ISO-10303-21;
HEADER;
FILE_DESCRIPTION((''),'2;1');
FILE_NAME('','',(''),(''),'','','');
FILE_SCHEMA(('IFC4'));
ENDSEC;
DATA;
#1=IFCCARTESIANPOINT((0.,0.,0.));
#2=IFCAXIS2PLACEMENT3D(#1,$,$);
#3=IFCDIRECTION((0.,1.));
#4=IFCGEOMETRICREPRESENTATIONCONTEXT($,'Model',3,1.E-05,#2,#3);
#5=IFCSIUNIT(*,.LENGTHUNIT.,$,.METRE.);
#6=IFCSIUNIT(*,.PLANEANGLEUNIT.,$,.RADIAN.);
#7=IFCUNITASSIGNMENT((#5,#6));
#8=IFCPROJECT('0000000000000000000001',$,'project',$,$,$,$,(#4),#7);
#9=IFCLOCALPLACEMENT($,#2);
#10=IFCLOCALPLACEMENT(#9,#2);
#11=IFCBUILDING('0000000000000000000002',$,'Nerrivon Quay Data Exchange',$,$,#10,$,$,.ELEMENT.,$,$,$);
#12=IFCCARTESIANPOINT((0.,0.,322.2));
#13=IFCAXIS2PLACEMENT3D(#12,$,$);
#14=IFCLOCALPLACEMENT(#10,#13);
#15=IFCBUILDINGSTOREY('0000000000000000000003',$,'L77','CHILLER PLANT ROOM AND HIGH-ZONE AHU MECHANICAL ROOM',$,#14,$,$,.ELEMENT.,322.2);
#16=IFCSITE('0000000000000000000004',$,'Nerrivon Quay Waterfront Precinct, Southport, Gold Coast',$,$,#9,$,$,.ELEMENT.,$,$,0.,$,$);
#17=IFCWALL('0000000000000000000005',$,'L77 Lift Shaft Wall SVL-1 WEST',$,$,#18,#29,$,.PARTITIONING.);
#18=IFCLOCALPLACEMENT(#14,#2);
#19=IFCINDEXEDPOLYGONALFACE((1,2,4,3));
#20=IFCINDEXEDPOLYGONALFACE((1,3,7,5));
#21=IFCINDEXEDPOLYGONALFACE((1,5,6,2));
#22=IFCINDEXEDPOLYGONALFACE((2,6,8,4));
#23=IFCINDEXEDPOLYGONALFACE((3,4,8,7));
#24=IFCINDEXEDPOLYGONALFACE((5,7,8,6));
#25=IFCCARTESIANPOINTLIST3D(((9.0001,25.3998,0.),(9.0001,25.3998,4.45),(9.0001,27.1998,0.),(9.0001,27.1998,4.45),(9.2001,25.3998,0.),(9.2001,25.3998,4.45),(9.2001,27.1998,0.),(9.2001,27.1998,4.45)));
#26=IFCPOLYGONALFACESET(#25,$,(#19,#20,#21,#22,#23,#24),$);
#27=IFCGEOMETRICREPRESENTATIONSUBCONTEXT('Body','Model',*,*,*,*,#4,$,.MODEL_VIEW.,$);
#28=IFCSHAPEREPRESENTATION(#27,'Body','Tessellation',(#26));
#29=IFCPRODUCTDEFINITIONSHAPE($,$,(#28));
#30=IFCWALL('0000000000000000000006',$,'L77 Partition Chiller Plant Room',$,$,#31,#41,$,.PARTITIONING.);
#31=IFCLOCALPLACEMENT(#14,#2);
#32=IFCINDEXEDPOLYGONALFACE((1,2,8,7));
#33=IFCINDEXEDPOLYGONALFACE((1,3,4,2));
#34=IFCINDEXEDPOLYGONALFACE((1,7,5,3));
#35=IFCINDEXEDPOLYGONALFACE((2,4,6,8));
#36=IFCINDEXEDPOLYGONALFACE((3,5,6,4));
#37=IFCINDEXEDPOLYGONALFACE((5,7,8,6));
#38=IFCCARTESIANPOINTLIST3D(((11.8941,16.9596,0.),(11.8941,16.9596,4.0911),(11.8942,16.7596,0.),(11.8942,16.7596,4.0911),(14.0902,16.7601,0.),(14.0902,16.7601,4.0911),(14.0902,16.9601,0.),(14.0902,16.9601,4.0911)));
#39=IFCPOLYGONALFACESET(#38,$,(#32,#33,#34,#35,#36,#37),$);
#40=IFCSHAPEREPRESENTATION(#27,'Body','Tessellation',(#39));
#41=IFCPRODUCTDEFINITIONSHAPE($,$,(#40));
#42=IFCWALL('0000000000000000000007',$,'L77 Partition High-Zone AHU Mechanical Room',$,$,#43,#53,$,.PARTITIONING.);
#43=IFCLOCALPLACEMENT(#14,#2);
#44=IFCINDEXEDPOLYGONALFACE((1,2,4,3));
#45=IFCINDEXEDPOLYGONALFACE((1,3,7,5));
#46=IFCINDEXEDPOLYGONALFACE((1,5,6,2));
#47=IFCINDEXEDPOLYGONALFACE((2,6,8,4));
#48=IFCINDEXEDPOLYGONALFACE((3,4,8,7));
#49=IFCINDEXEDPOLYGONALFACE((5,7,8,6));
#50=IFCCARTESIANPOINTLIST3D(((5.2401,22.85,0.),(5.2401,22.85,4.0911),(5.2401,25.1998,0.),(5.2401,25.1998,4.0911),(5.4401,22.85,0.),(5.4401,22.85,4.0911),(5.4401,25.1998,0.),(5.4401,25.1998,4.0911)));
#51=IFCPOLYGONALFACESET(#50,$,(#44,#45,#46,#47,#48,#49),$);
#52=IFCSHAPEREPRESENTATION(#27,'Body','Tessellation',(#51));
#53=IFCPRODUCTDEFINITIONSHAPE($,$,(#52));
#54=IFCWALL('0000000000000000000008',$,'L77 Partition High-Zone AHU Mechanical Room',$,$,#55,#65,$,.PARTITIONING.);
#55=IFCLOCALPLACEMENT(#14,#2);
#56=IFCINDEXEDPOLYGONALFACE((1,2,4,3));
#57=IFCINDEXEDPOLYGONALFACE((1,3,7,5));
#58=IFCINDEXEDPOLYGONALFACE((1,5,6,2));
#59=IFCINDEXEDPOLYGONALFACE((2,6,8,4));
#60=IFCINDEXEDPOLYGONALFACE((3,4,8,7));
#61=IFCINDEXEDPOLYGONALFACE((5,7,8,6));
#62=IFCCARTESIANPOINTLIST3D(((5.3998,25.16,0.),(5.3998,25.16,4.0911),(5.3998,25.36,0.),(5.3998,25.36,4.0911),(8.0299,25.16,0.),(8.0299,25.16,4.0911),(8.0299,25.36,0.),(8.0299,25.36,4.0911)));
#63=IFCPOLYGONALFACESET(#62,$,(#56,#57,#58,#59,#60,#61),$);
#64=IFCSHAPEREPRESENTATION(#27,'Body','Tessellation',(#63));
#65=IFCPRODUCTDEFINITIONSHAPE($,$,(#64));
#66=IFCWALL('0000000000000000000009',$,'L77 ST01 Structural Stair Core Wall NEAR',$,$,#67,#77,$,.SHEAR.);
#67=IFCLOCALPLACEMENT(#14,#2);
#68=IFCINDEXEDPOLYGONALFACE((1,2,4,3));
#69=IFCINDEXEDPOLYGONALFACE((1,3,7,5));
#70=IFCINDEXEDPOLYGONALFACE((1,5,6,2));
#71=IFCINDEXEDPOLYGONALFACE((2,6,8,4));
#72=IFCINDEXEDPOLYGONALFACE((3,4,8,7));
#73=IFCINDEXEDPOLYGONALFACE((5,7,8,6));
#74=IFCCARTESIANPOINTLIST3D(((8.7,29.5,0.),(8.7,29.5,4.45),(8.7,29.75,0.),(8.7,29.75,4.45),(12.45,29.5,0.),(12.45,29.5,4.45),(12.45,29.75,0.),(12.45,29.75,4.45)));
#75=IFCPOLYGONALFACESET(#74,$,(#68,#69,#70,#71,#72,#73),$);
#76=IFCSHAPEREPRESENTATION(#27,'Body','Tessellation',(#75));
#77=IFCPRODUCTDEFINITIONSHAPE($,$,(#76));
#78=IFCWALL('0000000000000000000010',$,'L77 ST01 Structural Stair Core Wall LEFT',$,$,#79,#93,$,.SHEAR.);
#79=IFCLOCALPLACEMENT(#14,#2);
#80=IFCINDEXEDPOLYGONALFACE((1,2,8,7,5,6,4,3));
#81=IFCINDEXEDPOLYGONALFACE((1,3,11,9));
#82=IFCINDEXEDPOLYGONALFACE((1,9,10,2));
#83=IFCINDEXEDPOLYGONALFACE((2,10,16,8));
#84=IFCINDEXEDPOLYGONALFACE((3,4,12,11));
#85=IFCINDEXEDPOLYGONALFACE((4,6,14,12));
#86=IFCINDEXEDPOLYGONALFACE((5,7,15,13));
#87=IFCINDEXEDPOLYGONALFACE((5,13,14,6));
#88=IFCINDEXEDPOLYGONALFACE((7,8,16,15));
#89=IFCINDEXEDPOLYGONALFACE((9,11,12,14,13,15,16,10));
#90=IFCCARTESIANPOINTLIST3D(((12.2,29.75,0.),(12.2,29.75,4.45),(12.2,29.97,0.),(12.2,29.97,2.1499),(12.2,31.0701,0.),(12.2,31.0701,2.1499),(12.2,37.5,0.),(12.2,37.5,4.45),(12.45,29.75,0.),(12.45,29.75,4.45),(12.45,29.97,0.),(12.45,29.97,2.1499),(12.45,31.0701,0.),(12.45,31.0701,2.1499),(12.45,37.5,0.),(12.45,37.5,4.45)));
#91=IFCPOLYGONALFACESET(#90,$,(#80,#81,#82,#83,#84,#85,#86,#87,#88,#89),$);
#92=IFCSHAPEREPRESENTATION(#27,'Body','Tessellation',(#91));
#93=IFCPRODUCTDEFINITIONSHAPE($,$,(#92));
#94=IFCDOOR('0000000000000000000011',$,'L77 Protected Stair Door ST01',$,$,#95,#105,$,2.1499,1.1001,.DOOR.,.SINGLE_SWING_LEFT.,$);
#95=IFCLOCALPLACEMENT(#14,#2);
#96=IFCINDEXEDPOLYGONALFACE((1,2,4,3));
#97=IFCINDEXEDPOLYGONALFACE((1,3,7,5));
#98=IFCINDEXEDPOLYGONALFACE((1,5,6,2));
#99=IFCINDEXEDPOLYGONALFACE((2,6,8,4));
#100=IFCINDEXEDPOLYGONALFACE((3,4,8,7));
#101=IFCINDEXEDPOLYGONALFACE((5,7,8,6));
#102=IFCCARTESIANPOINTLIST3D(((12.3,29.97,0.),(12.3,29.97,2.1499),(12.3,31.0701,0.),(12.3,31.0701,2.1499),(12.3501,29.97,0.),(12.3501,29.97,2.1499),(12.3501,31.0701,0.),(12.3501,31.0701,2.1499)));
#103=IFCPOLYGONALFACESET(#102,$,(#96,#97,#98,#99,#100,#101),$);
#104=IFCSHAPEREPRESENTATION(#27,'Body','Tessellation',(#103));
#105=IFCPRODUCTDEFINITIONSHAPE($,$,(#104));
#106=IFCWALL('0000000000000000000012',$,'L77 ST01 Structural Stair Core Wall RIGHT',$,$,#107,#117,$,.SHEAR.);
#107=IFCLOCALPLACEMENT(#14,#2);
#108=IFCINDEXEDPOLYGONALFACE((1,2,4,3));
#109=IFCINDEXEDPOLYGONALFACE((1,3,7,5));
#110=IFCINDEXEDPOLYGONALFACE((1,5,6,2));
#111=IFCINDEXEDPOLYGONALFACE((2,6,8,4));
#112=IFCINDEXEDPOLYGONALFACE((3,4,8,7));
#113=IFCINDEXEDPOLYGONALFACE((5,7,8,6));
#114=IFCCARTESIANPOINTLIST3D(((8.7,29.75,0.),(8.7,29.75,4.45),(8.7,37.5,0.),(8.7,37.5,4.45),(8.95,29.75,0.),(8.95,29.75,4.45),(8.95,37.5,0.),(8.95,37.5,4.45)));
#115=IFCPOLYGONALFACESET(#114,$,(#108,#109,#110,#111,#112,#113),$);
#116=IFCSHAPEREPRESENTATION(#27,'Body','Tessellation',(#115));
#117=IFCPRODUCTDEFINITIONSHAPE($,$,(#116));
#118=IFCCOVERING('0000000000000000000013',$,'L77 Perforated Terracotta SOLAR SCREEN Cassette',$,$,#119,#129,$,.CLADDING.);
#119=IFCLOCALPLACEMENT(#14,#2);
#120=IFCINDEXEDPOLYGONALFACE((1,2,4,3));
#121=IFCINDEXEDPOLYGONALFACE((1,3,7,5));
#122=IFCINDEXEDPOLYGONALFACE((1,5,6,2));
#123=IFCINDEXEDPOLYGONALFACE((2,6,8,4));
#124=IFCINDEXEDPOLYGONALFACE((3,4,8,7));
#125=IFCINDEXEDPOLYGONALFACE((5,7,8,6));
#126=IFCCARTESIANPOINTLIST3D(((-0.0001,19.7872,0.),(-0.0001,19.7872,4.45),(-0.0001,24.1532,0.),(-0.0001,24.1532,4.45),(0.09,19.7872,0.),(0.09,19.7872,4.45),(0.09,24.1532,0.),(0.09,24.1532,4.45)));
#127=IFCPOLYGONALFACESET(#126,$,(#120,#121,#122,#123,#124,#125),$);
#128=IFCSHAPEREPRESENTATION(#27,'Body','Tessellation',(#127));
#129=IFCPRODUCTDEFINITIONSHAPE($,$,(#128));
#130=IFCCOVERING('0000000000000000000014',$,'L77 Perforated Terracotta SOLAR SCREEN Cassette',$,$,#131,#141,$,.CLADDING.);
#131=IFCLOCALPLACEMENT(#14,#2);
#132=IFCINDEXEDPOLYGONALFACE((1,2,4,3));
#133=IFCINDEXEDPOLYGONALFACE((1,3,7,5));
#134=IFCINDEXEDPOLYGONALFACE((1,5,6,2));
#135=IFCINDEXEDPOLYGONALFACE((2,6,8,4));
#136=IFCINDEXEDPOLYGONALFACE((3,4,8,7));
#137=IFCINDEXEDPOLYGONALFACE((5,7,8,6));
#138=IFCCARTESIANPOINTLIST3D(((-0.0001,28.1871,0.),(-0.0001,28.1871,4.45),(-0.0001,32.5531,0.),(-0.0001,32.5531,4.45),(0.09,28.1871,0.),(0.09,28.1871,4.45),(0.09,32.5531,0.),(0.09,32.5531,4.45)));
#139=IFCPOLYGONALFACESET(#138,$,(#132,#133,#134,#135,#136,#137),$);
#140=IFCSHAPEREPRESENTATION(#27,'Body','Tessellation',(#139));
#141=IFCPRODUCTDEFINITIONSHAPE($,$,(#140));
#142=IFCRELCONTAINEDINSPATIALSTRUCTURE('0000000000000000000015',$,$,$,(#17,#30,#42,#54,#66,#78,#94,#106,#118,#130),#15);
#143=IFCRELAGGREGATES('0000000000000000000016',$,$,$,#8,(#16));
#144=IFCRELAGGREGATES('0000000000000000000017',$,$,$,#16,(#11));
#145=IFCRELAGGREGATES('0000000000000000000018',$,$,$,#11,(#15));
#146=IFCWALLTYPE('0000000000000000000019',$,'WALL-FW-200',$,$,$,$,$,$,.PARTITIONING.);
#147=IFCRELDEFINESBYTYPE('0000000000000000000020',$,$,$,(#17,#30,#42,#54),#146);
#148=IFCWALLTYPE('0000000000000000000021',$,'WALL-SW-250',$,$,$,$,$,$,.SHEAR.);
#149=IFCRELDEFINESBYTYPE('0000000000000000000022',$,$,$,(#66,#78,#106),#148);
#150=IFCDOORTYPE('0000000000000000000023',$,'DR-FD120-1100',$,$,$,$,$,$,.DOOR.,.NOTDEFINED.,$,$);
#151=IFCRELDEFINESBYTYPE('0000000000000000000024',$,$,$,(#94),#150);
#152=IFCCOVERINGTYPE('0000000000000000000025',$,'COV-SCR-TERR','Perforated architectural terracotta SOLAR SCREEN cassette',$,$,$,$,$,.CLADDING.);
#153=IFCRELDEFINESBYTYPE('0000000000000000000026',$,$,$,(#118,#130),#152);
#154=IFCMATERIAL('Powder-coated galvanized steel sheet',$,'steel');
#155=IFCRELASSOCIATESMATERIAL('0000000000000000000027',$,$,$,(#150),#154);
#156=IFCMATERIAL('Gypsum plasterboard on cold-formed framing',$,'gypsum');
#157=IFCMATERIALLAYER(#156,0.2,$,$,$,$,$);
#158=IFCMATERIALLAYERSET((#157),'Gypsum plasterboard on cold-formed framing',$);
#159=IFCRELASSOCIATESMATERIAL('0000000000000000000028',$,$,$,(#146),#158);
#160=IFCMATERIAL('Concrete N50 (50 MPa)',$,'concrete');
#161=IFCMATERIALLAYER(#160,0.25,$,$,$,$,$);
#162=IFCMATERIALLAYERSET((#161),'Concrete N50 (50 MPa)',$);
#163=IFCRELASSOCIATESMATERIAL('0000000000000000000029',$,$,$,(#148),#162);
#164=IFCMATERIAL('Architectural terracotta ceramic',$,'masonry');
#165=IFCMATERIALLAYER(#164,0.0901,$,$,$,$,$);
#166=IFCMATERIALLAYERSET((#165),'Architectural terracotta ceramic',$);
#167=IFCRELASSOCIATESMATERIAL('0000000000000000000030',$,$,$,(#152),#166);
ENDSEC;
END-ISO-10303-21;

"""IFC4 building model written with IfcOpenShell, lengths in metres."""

from ifc_helpers import new_model, si_unit, direction, frame, frame_2d, origin, origin_2d, place, context, subcontext, project, spatial, rectangle, extrude, material, layer, layer_set, type_object, element, fill, save


model = new_model("IFC4")

# Units and contexts
model_context = context("Model", 3, precision=1e-05, world=origin(), true_north=direction((0.0, 1.0)))
body_context = subcontext(model_context, "Body", "Model", "MODEL_VIEW")
ifc_project = project(units=[si_unit("LENGTHUNIT", "METRE"), si_unit("PLANEANGLEUNIT", "RADIAN")], contexts=[model_context])

# Site, building, storey
site_placement = place(None, origin())
site = spatial("IfcSite", under=ifc_project, at=site_placement, Name="Nerrivon Quay Waterfront Precinct, Southport, Gold Coast", CompositionType="ELEMENT", RefElevation=0.0)
building_placement = place(site_placement, origin())
building = spatial("IfcBuilding", under=site, at=building_placement, Name="Nerrivon Quay Data Exchange", CompositionType="ELEMENT")
storey_placement = place(building_placement, frame((0.0, 0.0, 322.2)))
storey = spatial("IfcBuildingStorey", under=building, at=storey_placement, Name="L77", Description="CHILLER PLANT ROOM AND HIGH-ZONE AHU MECHANICAL ROOM", CompositionType="ELEMENT", Elevation=322.2)

# Shared definitions
ifc_material_1 = material(Name="Concrete N50 (50 MPa)", Category="concrete")

# Shared definitions
ifc_material_2 = material(Name="Powder-coated galvanized steel sheet", Category="steel")
door_type_1 = type_object("IfcDoorType", Name="DR-FD120-1100", OperationType="NOTDEFINED", PredefinedType="DOOR", material=ifc_material_2)
ifc_material_3 = material(Name="Gypsum plasterboard on cold-formed framing", Category="gypsum")
ifc_layer_1 = layer(ifc_material_3, 0.2)
ifc_layer_set_1 = layer_set([ifc_layer_1], Name="Gypsum plasterboard on cold-formed framing")
wall_type_1 = type_object("IfcWallType", Name="WALL-FW-200", PredefinedType="PARTITIONING", material=ifc_layer_set_1)

# Walls
wall_1_placement = place(storey_placement, frame((9.1001, 25.3999, 0.0), z_axis=(0.0, 0.0, 1.0), x_axis=(0.0, 1.0, 0.0)))
element("IfcWall", 1, at=wall_1_placement, inside=storey, type_object=wall_type_1, Name="L77 Lift Shaft Wall SVL-1 WEST", PredefinedType="PARTITIONING", context=body_context, shape_type="SweptSolid", body=[
    extrude(rectangle(XDim=1.8, YDim=0.2, at=frame_2d((0.8999, 0.0))), origin(), (0.0, 0.0, 1.0), 4.45),
])
wall_2_placement = place(storey_placement, frame((11.894, 16.8596, 0.0), z_axis=(0.0, 0.0, 1.0), x_axis=(1.0, 0.000222, 0.0)))
element("IfcWall", 2, at=wall_2_placement, inside=storey, type_object=wall_type_1, Name="L77 Partition Chiller Plant Room", PredefinedType="PARTITIONING", context=body_context, shape_type="SweptSolid", body=[
    extrude(rectangle(XDim=2.196, YDim=0.2, at=frame_2d((1.0981, 0.0))), origin(), (0.0, 0.0, 1.0), 4.0911),
])
wall_3_placement = place(storey_placement, frame((5.3401, 22.8501, 0.0), z_axis=(0.0, 0.0, 1.0), x_axis=(0.0, 1.0, 0.0)))
element("IfcWall", 3, at=wall_3_placement, inside=storey, type_object=wall_type_1, Name="L77 Partition High-Zone AHU Mechanical Room", PredefinedType="PARTITIONING", context=body_context, shape_type="SweptSolid", body=[
    extrude(rectangle(XDim=2.3499, YDim=0.2, at=frame_2d((1.1748, 0.0))), origin(), (0.0, 0.0, 1.0), 4.0911),
])
wall_4_placement = place(storey_placement, frame((5.3999, 25.26, 0.0), z_axis=(0.0, 0.0, 1.0), x_axis=(1.0, 0.0, 0.0)))
element("IfcWall", 4, at=wall_4_placement, inside=storey, type_object=wall_type_1, Name="L77 Partition High-Zone AHU Mechanical Room", PredefinedType="PARTITIONING", context=body_context, shape_type="SweptSolid", body=[
    extrude(rectangle(XDim=2.6301, YDim=0.2, at=frame_2d((1.3149, 0.0))), origin(), (0.0, 0.0, 1.0), 4.0911),
])
ifc_layer_2 = layer(ifc_material_1, 0.25)
ifc_layer_set_2 = layer_set([ifc_layer_2], Name="Concrete N50 (50 MPa)")
wall_type_2 = type_object("IfcWallType", Name="WALL-SW-250", PredefinedType="SHEAR", material=ifc_layer_set_2)
wall_5_placement = place(storey_placement, frame((12.45, 29.625, 0.0), z_axis=(0.0, 0.0, 1.0), x_axis=(-1.0, 0.0, 0.0)))
element("IfcWall", 5, at=wall_5_placement, inside=storey, type_object=wall_type_2, Name="L77 ST01 Structural Stair Core Wall NEAR", PredefinedType="SHEAR", context=body_context, shape_type="SweptSolid", body=[
    extrude(rectangle(XDim=3.75, YDim=0.25, at=frame_2d((1.875, 0.0))), origin(), (0.0, 0.0, 1.0), 4.45),
])

# Wall, opening, door
wall_6_placement = place(storey_placement, frame((12.325, 29.75, 0.0), z_axis=(0.0, 0.0, 1.0), x_axis=(0.0, 1.0, 0.0)))
wall_6 = element("IfcWall", 6, at=wall_6_placement, inside=storey, type_object=wall_type_2, Name="L77 ST01 Structural Stair Core Wall LEFT", PredefinedType="SHEAR", context=body_context, shape_type="SweptSolid", body=[
    extrude(rectangle(XDim=7.75, YDim=0.25, at=frame_2d((3.875, 0.0))), origin(), (0.0, 0.0, 1.0), 4.45),
])
opening_1_placement = place(wall_6_placement, frame((0.22, 0.0, 0.0)))
opening_1 = element("IfcOpeningElement", 7, at=opening_1_placement, cuts=wall_6, PredefinedType="OPENING", context=body_context, shape_type="SweptSolid", body=[
    extrude(rectangle(XDim=1.1001, YDim=2.1499, at=frame_2d((0.55, 1.075))), frame((0.0, 0.135, 0.0), z_axis=(0.0, -1.0, 0.0), x_axis=(1.0, 0.0, 0.0)), (0.0, 0.0, 1.0), 0.27),
])
door_1_placement = place(opening_1_placement, origin())
door_1 = element("IfcDoor", 8, at=door_1_placement, inside=storey, type_object=door_type_1, Name="L77 Protected Stair Door ST01", OperationType="SINGLE_SWING_LEFT", OverallHeight=2.1499, OverallWidth=1.1001, PredefinedType="DOOR", context=body_context, shape_type="SweptSolid", body=[
    extrude(rectangle(XDim=1.1001, YDim=2.1499, at=frame_2d((0.55, 1.075))), frame((0.0, 0.0249, 0.0), z_axis=(0.0, -1.0, 0.0), x_axis=(1.0, 0.0, 0.0)), (0.0, 0.0, 1.0), 0.05),
])
fill(opening_1, door_1)

# Wall
wall_7_placement = place(storey_placement, frame((8.825, 29.75, 0.0), z_axis=(0.0, 0.0, 1.0), x_axis=(0.0, 1.0, 0.0)))
element("IfcWall", 9, at=wall_7_placement, inside=storey, type_object=wall_type_2, Name="L77 ST01 Structural Stair Core Wall RIGHT", PredefinedType="SHEAR", context=body_context, shape_type="SweptSolid", body=[
    extrude(rectangle(XDim=7.75, YDim=0.25, at=frame_2d((3.875, 0.0))), origin(), (0.0, 0.0, 1.0), 4.45),
])

# Coverings
ifc_material_4 = material(Name="Architectural terracotta ceramic", Category="masonry")
ifc_layer_3 = layer(ifc_material_4, 0.0901)
ifc_layer_set_3 = layer_set([ifc_layer_3], Name="Architectural terracotta ceramic")
covering_type = type_object("IfcCoveringType", Name="COV-SCR-TERR", Description="Perforated architectural terracotta SOLAR SCREEN cassette", PredefinedType="CLADDING", material=ifc_layer_set_3)
for number, where, z_axis, x_axis, name in (
    (10, (0.0449, 21.9702, 0.0), (0.0, 0.0, 1.0), (0.0, 1.0, 0.0), "L77 Perforated Terracotta SOLAR SCREEN Cassette"),
    (11, (0.0449, 30.3701, 0.0), (0.0, 0.0, 1.0), (0.0, 1.0, 0.0), "L77 Perforated Terracotta SOLAR SCREEN Cassette"),
):
    element("IfcCovering", number, at=place(storey_placement, frame(where, z_axis=z_axis, x_axis=x_axis)), inside=storey, type_object=covering_type, Name=name, PredefinedType="CLADDING", context=body_context, shape_type="SweptSolid", body=[
        extrude(rectangle(XDim=4.366, YDim=0.0901, at=origin_2d()), origin(), (0.0, 0.0, 1.0), 4.45),
    ])

save(model, "model.ifc")
